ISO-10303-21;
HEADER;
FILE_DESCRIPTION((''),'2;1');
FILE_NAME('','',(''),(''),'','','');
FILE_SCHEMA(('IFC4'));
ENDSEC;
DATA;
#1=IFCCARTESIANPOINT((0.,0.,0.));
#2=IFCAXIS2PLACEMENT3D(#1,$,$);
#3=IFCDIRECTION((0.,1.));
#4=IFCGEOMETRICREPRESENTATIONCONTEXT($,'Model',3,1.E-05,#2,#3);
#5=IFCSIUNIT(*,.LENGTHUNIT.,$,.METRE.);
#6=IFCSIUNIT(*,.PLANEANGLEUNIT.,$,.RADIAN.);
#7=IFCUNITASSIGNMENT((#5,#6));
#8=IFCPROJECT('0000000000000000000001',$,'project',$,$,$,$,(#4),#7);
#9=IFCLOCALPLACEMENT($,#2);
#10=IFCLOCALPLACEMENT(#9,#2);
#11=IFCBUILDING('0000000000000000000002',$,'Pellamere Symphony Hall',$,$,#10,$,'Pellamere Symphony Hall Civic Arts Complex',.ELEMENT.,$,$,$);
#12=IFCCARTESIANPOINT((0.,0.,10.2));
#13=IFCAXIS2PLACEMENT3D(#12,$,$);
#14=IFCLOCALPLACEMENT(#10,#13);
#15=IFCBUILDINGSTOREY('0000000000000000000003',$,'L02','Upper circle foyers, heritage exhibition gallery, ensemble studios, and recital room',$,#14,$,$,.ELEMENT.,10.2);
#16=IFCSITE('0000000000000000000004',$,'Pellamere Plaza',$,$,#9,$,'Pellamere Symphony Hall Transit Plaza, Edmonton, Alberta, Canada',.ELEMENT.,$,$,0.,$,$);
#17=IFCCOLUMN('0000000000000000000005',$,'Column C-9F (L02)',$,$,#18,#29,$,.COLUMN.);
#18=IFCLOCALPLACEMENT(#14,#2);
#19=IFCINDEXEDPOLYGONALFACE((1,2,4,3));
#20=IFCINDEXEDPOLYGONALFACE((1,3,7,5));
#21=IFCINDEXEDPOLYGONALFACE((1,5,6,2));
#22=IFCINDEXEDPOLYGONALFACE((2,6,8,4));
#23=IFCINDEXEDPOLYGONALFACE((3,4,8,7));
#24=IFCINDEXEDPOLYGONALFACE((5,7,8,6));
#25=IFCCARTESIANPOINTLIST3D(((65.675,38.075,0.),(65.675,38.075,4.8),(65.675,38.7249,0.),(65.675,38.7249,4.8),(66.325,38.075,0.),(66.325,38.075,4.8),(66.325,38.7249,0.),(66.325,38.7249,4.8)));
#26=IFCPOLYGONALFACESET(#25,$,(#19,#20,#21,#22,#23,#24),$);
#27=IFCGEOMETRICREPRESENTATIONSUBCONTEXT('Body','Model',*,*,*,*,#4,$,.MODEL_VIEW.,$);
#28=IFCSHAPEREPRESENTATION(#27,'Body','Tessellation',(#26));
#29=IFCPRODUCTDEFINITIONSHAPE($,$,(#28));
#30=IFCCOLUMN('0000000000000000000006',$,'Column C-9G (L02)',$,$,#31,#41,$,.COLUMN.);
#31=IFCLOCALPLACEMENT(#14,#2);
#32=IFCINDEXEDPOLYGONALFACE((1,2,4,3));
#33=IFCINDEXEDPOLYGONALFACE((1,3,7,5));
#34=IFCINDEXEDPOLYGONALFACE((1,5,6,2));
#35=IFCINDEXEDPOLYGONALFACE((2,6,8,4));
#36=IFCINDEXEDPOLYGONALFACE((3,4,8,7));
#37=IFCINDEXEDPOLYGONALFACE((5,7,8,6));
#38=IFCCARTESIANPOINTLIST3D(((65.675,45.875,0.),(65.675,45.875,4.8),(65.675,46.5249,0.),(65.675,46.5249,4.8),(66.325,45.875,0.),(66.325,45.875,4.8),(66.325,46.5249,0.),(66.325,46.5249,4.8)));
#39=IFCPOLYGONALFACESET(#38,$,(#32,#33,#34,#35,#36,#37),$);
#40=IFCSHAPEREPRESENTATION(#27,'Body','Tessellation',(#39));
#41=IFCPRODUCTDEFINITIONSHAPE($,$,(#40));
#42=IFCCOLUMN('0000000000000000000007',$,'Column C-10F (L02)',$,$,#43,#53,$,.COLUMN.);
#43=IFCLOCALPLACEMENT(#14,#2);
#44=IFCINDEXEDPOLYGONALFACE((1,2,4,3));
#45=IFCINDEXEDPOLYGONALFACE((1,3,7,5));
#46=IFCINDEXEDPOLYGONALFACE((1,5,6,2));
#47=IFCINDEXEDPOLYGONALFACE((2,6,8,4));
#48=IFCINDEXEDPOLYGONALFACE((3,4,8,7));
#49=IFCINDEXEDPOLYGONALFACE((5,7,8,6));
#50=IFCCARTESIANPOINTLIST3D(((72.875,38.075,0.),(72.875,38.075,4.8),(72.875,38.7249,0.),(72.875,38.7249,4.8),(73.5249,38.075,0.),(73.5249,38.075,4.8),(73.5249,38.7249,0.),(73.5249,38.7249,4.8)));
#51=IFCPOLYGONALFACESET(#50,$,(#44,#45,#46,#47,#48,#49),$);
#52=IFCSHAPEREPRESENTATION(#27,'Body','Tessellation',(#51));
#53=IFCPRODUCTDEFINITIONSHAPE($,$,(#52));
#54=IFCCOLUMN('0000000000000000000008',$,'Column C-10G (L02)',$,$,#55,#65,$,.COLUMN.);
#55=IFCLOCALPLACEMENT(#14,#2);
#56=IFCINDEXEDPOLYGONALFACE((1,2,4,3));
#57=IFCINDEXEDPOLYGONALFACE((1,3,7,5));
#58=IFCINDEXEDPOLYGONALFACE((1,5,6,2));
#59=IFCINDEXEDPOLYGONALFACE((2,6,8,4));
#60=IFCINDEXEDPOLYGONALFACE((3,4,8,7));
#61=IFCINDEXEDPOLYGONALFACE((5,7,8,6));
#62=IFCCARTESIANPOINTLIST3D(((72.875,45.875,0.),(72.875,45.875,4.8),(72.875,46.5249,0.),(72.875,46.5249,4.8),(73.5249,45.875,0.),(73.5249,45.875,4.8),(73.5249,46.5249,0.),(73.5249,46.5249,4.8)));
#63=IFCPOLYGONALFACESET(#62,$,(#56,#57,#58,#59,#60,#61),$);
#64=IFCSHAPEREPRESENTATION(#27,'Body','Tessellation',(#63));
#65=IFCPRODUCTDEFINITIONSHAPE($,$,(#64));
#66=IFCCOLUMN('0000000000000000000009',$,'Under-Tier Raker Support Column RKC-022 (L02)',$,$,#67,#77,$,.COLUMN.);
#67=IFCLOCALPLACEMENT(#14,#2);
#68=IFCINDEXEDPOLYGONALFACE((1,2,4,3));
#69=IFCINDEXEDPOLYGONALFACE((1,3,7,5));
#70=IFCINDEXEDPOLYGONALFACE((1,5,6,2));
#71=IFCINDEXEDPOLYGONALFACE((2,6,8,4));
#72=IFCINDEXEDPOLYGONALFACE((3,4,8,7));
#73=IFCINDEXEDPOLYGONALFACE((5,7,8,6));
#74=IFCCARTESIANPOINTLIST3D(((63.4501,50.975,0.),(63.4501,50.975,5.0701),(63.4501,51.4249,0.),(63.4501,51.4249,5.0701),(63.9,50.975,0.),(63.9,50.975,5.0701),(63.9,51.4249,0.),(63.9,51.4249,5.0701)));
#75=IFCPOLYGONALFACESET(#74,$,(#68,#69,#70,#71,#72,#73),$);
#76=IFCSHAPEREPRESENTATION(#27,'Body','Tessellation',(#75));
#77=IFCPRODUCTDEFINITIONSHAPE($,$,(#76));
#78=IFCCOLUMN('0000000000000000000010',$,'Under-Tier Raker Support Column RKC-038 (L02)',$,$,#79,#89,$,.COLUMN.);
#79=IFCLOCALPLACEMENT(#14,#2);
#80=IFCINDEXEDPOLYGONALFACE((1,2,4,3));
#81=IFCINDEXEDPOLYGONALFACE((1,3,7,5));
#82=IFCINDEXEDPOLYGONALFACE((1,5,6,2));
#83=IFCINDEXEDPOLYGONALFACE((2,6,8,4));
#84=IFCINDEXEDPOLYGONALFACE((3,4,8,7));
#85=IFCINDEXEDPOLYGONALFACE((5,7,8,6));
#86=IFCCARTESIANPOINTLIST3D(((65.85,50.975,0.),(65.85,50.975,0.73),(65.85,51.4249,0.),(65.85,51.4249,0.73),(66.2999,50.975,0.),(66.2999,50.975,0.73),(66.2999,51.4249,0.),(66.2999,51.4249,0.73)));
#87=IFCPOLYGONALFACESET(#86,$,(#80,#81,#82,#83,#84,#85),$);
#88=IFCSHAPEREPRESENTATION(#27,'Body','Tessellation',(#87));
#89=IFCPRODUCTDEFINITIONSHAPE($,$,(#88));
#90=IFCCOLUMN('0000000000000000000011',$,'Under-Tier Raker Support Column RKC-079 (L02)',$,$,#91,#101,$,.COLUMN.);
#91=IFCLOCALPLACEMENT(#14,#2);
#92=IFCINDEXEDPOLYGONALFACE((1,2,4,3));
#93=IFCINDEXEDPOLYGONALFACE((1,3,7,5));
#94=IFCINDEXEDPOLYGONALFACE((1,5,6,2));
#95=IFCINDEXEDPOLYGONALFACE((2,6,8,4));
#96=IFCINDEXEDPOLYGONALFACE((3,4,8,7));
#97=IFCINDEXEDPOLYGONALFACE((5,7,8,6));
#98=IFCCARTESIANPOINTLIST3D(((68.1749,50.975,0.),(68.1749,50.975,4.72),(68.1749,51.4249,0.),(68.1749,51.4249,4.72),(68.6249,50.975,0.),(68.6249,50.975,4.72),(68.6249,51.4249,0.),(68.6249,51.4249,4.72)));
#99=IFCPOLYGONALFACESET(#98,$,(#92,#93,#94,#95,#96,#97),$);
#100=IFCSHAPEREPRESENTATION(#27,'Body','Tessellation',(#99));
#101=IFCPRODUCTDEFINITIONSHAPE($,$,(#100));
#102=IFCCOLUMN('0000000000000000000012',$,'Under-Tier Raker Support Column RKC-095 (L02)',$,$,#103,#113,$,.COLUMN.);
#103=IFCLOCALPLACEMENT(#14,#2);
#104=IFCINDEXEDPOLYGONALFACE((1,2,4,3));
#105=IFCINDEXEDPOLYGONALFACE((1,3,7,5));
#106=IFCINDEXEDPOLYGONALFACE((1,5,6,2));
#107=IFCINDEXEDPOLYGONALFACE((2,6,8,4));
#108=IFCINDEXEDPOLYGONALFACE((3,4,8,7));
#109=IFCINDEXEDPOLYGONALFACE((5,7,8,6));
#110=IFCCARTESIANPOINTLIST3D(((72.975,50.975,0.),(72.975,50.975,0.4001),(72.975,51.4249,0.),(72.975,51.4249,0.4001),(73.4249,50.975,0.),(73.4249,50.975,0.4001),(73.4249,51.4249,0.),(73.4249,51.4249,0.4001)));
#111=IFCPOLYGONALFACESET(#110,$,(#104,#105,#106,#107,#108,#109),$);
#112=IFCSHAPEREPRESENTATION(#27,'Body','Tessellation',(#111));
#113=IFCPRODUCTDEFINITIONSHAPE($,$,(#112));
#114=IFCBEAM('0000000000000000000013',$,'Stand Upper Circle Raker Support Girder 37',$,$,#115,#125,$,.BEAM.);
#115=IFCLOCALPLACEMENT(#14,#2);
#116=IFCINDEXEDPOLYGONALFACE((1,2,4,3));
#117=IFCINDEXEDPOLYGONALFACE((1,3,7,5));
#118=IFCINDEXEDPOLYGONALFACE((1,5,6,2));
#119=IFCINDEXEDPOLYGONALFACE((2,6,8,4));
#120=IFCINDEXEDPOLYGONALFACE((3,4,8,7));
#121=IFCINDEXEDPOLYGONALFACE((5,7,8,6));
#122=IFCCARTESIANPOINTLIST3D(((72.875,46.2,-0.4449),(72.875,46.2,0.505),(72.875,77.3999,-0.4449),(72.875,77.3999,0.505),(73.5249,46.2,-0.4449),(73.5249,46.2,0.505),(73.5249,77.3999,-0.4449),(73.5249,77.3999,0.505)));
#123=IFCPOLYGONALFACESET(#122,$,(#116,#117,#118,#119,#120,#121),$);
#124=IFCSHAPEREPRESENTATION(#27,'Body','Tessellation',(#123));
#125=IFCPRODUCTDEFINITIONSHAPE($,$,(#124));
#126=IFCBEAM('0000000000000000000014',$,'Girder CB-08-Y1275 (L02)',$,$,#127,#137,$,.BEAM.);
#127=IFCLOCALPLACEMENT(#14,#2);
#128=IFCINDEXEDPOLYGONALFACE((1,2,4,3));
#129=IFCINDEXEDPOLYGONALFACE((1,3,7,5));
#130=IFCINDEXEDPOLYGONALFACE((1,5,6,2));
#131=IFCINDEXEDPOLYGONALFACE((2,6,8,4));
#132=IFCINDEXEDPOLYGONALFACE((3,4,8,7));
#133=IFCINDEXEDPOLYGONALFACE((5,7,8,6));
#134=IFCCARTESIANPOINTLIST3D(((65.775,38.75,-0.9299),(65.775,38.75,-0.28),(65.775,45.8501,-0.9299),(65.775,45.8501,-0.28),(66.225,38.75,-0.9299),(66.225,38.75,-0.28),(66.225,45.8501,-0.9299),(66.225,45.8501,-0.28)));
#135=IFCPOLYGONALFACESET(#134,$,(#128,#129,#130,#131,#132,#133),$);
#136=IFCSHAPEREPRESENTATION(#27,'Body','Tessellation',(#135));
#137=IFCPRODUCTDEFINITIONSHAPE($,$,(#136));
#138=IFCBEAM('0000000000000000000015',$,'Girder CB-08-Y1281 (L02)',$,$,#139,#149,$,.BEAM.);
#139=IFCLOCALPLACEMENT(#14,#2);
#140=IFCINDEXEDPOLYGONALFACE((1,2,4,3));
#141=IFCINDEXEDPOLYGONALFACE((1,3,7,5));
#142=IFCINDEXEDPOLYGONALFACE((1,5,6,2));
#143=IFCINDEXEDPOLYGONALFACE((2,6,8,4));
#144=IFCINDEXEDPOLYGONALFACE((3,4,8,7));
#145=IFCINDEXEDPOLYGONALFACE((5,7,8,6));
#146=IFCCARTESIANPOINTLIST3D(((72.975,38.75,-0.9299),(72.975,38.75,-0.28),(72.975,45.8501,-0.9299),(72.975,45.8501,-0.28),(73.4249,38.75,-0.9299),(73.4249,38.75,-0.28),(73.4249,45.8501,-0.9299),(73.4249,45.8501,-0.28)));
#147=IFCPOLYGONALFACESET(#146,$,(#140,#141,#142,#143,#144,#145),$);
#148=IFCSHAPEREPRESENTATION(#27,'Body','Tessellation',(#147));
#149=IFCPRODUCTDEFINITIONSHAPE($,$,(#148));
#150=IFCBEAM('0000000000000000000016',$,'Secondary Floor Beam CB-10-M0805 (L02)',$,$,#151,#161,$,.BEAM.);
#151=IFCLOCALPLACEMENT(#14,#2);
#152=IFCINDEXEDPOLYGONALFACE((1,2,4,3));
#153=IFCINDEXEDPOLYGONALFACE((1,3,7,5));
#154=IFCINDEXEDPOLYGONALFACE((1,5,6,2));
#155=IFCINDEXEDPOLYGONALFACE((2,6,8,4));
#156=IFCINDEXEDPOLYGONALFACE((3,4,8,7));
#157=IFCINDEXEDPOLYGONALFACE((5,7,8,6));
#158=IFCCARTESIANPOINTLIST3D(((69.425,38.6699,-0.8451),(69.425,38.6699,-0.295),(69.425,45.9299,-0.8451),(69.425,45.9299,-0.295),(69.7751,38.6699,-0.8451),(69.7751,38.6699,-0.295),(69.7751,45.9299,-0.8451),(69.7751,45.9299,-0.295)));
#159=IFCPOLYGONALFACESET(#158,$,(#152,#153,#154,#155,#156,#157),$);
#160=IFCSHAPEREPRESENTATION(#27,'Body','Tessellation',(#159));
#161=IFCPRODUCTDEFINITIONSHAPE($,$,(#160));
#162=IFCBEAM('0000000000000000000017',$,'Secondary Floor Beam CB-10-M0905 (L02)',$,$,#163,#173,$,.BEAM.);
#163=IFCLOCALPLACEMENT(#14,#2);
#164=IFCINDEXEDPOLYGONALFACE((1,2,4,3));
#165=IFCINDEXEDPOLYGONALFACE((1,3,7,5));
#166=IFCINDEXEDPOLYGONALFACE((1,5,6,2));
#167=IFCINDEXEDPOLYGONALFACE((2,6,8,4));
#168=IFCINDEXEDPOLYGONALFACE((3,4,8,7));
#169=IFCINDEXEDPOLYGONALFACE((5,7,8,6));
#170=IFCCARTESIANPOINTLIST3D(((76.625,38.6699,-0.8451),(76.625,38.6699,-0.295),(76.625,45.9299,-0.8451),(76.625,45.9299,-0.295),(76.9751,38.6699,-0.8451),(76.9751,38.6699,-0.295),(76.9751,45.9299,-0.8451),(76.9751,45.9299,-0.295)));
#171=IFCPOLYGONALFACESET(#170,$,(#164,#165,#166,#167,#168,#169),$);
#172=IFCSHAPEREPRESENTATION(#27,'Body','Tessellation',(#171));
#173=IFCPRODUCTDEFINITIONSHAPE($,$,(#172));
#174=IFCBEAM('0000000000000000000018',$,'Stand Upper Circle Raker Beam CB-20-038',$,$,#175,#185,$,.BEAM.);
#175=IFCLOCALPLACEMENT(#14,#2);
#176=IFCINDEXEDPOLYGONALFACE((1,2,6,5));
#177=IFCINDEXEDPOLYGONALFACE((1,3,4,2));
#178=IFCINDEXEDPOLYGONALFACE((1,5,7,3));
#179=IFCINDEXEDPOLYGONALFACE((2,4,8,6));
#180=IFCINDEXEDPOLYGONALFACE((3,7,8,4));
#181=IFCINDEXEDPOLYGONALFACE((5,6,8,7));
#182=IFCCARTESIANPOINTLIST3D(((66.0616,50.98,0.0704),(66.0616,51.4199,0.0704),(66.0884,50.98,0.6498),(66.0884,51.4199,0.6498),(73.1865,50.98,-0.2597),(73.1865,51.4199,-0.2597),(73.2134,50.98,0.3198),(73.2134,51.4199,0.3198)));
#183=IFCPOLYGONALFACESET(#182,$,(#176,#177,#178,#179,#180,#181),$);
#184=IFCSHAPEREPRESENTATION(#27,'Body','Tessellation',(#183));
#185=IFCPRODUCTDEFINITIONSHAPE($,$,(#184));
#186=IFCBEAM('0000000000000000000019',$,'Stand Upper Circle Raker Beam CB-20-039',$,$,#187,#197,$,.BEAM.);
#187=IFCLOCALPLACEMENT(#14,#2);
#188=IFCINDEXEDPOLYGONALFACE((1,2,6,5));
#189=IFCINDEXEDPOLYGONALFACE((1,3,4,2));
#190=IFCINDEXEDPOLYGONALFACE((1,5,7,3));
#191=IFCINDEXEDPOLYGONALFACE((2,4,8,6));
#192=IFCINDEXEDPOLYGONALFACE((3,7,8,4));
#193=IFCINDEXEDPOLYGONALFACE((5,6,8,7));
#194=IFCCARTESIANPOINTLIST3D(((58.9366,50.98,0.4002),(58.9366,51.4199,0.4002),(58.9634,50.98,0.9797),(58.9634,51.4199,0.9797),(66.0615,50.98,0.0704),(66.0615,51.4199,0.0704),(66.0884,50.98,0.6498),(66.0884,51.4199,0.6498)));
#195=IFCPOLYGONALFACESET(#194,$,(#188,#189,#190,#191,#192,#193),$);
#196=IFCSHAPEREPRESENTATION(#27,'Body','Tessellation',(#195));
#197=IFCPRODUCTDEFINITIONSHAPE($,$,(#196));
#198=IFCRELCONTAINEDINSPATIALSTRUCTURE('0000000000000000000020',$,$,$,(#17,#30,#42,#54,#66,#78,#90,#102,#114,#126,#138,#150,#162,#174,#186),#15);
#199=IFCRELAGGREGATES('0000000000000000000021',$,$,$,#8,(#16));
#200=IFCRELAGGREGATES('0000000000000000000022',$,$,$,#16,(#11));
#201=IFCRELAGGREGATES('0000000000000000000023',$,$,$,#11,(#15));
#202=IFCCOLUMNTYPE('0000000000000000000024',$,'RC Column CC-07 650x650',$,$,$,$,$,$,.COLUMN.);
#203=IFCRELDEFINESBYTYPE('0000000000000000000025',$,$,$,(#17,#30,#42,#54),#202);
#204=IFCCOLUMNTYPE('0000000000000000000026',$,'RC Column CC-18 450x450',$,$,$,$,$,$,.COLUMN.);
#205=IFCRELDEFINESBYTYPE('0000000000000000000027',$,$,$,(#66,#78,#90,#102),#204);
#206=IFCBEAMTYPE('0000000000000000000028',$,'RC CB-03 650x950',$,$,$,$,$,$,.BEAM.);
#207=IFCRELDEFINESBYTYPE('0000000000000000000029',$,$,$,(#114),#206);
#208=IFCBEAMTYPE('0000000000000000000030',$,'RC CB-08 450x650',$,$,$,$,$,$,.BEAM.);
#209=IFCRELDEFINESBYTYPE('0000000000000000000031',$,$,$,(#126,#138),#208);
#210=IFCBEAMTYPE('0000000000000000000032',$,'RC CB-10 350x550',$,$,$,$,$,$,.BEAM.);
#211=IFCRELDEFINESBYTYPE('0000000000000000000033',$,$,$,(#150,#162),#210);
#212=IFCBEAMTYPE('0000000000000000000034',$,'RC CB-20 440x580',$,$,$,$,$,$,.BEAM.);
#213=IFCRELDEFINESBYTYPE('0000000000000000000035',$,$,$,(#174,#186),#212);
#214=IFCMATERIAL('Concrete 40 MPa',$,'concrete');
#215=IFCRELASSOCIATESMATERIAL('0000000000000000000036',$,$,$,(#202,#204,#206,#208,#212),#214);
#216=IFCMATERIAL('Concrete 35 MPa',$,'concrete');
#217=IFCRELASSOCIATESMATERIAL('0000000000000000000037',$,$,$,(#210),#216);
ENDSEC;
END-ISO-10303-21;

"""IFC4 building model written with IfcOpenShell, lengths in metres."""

from ifc_helpers import new_model, si_unit, direction, frame, origin, origin_2d, place, context, subcontext, project, spatial, rectangle, extrude, material, material_profile, profile_set, type_object, element, save


model = new_model("IFC4")

# Units and contexts
model_context = context("Model", 3, precision=1e-05, world=origin(), true_north=direction((0.0, 1.0)))
body_context = subcontext(model_context, "Body", "Model", "MODEL_VIEW")
ifc_project = project(units=[si_unit("LENGTHUNIT", "METRE"), si_unit("PLANEANGLEUNIT", "RADIAN")], contexts=[model_context])

# Site, building, storey
site_placement = place(None, origin())
site = spatial("IfcSite", under=ifc_project, at=site_placement, Name="Pellamere Plaza", LongName="Pellamere Symphony Hall Transit Plaza, Edmonton, Alberta, Canada", CompositionType="ELEMENT", RefElevation=0.0)
building_placement = place(site_placement, origin())
building = spatial("IfcBuilding", under=site, at=building_placement, Name="Pellamere Symphony Hall", LongName="Pellamere Symphony Hall Civic Arts Complex", CompositionType="ELEMENT")
storey_placement = place(building_placement, frame((0.0, 0.0, 10.2)))
storey = spatial("IfcBuildingStorey", under=building, at=storey_placement, Name="L02", Description="Upper circle foyers, heritage exhibition gallery, ensemble studios, and recital room", CompositionType="ELEMENT", Elevation=10.2)

# Columns
ifc_material_1 = material(Name="Concrete 40 MPa", Category="concrete")
ifc_material_profile_1 = material_profile(ifc_material_1, rectangle(XDim=0.6499, YDim=0.6499, at=origin_2d()), Name="RC 650x650")
ifc_profile_set_1 = profile_set([ifc_material_profile_1], Name="Concrete 40 MPa")
column_type_1 = type_object("IfcColumnType", Name="RC Column CC-07 650x650", PredefinedType="COLUMN", material=ifc_profile_set_1)
for number, where, z_axis, x_axis, name in (
    (1, (66.0, 38.3999, 0.0), (0.0, 0.0, 1.0), (1.0, 0.0, 0.0), "Column C-9F (L02)"),
    (2, (66.0, 46.2, 0.0), (0.0, 0.0, 1.0), (1.0, 0.0, 0.0), "Column C-9G (L02)"),
    (3, (73.2, 38.3999, 0.0), (0.0, 0.0, 1.0), (1.0, 0.0, 0.0), "Column C-10F (L02)"),
    (4, (73.2, 46.2, 0.0), (0.0, 0.0, 1.0), (1.0, 0.0, 0.0), "Column C-10G (L02)"),
):
    element("IfcColumn", number, at=place(storey_placement, frame(where, z_axis=z_axis, x_axis=x_axis)), inside=storey, type_object=column_type_1, Name=name, PredefinedType="COLUMN", context=body_context, shape_type="SweptSolid", body=[
        extrude(rectangle(XDim=0.6499, YDim=0.6499, at=origin_2d()), origin(), (0.0, 0.0, 1.0), 4.8),
    ])
ifc_material_profile_2 = material_profile(ifc_material_1, rectangle(XDim=0.45, YDim=0.45, at=origin_2d()), Name="RC 450x450")
ifc_profile_set_2 = profile_set([ifc_material_profile_2], Name="Concrete 40 MPa")
column_type_2 = type_object("IfcColumnType", Name="RC Column CC-18 450x450", PredefinedType="COLUMN", material=ifc_profile_set_2)
column_1_placement = place(storey_placement, frame((63.675, 51.2, 0.0), z_axis=(0.0, 0.0, 1.0), x_axis=(1.0, 0.0, 0.0)))
element("IfcColumn", 5, at=column_1_placement, inside=storey, type_object=column_type_2, Name="Under-Tier Raker Support Column RKC-022 (L02)", PredefinedType="COLUMN", context=body_context, shape_type="SweptSolid", body=[
    extrude(rectangle(XDim=0.45, YDim=0.45, at=origin_2d()), origin(), (0.0, 0.0, 1.0), 5.0701),
])
column_2_placement = place(storey_placement, frame((66.075, 51.2, 0.0), z_axis=(0.0, 0.0, 1.0), x_axis=(1.0, 0.0, 0.0)))
element("IfcColumn", 6, at=column_2_placement, inside=storey, type_object=column_type_2, Name="Under-Tier Raker Support Column RKC-038 (L02)", PredefinedType="COLUMN", context=body_context, shape_type="SweptSolid", body=[
    extrude(rectangle(XDim=0.45, YDim=0.45, at=origin_2d()), origin(), (0.0, 0.0, 1.0), 0.73),
])
column_3_placement = place(storey_placement, frame((68.3999, 51.2, 0.0), z_axis=(0.0, 0.0, 1.0), x_axis=(1.0, 0.0, 0.0)))
element("IfcColumn", 7, at=column_3_placement, inside=storey, type_object=column_type_2, Name="Under-Tier Raker Support Column RKC-079 (L02)", PredefinedType="COLUMN", context=body_context, shape_type="SweptSolid", body=[
    extrude(rectangle(XDim=0.45, YDim=0.45, at=origin_2d()), origin(), (0.0, 0.0, 1.0), 4.72),
])
column_4_placement = place(storey_placement, frame((73.2, 51.2, 0.0), z_axis=(0.0, 0.0, 1.0), x_axis=(1.0, 0.0, 0.0)))
element("IfcColumn", 8, at=column_4_placement, inside=storey, type_object=column_type_2, Name="Under-Tier Raker Support Column RKC-095 (L02)", PredefinedType="COLUMN", context=body_context, shape_type="SweptSolid", body=[
    extrude(rectangle(XDim=0.45, YDim=0.45, at=origin_2d()), origin(), (0.0, 0.0, 1.0), 0.4001),
])

# Beams
ifc_material_profile_3 = material_profile(ifc_material_1, rectangle(XDim=0.6499, YDim=0.95, at=origin_2d()), Name="RC 650x950")
ifc_profile_set_3 = profile_set([ifc_material_profile_3], Name="Concrete 40 MPa")
beam_type_1 = type_object("IfcBeamType", Name="RC CB-03 650x950", PredefinedType="BEAM", material=ifc_profile_set_3)
beam_placement = place(storey_placement, frame((73.2, 46.2, 0.03), z_axis=(0.0, 1.0, 0.0), x_axis=(-1.0, 0.0, 0.0)))
element("IfcBeam", 9, at=beam_placement, inside=storey, type_object=beam_type_1, Name="Stand Upper Circle Raker Support Girder 37", PredefinedType="BEAM", context=body_context, shape_type="SweptSolid", body=[
    extrude(rectangle(XDim=0.6499, YDim=0.95, at=origin_2d()), origin(), (0.0, 0.0, 1.0), 31.2),
])
ifc_material_profile_4 = material_profile(ifc_material_1, rectangle(XDim=0.45, YDim=0.6499, at=origin_2d()), Name="RC 450x650")
ifc_profile_set_4 = profile_set([ifc_material_profile_4], Name="Concrete 40 MPa")
beam_type_2 = type_object("IfcBeamType", Name="RC CB-08 450x650", PredefinedType="BEAM", material=ifc_profile_set_4)
for number, where, z_axis, x_axis, name in (
    (10, (66.0, 38.75, -0.605), (0.0, 1.0, 0.0), (-1.0, 0.0, 0.0), "Girder CB-08-Y1275 (L02)"),
    (11, (73.2, 38.75, -0.605), (0.0, 1.0, 0.0), (-1.0, 0.0, 0.0), "Girder CB-08-Y1281 (L02)"),
):
    element("IfcBeam", number, at=place(storey_placement, frame(where, z_axis=z_axis, x_axis=x_axis)), inside=storey, type_object=beam_type_2, Name=name, PredefinedType="BEAM", context=body_context, shape_type="SweptSolid", body=[
        extrude(rectangle(XDim=0.45, YDim=0.6499, at=origin_2d()), origin(), (0.0, 0.0, 1.0), 7.1001),
    ])
ifc_material_2 = material(Name="Concrete 35 MPa", Category="concrete")
ifc_material_profile_5 = material_profile(ifc_material_2, rectangle(XDim=0.3501, YDim=0.55, at=origin_2d()), Name="RC 350x550")
ifc_profile_set_5 = profile_set([ifc_material_profile_5], Name="Concrete 35 MPa")
beam_type_3 = type_object("IfcBeamType", Name="RC CB-10 350x550", PredefinedType="BEAM", material=ifc_profile_set_5)
for number, where, z_axis, x_axis, name in (
    (12, (69.6001, 38.6699, -0.5701), (0.0, 1.0, 0.0), (-1.0, 0.0, 0.0), "Secondary Floor Beam CB-10-M0805 (L02)"),
    (13, (76.8, 38.6699, -0.5701), (0.0, 1.0, 0.0), (-1.0, 0.0, 0.0), "Secondary Floor Beam CB-10-M0905 (L02)"),
):
    element("IfcBeam", number, at=place(storey_placement, frame(where, z_axis=z_axis, x_axis=x_axis)), inside=storey, type_object=beam_type_3, Name=name, PredefinedType="BEAM", context=body_context, shape_type="SweptSolid", body=[
        extrude(rectangle(XDim=0.3501, YDim=0.55, at=origin_2d()), origin(), (0.0, 0.0, 1.0), 7.26),
    ])
ifc_material_profile_6 = material_profile(ifc_material_1, rectangle(XDim=0.4399, YDim=0.5801, at=origin_2d()), Name="RC 440x580")
ifc_profile_set_6 = profile_set([ifc_material_profile_6], Name="Concrete 40 MPa")
beam_type_4 = type_object("IfcBeamType", Name="RC CB-20 440x580", PredefinedType="BEAM", material=ifc_profile_set_6)
for number, where, z_axis, x_axis, name in (
    (14, (73.2, 51.2, 0.03), (-0.998929, 0.0, 0.046277), (0.0, -1.0, 0.0), "Stand Upper Circle Raker Beam CB-20-038"),
    (15, (66.075, 51.2, 0.3601), (-0.99893, 0.0, 0.046243), (0.0, -1.0, 0.0), "Stand Upper Circle Raker Beam CB-20-039"),
):
    element("IfcBeam", number, at=place(storey_placement, frame(where, z_axis=z_axis, x_axis=x_axis)), inside=storey, type_object=beam_type_4, Name=name, PredefinedType="BEAM", context=body_context, shape_type="SweptSolid", body=[
        extrude(rectangle(XDim=0.4399, YDim=0.5801, at=origin_2d()), origin(), (0.0, 0.0, 1.0), 7.1326),
    ])

save(model, "model.ifc")
